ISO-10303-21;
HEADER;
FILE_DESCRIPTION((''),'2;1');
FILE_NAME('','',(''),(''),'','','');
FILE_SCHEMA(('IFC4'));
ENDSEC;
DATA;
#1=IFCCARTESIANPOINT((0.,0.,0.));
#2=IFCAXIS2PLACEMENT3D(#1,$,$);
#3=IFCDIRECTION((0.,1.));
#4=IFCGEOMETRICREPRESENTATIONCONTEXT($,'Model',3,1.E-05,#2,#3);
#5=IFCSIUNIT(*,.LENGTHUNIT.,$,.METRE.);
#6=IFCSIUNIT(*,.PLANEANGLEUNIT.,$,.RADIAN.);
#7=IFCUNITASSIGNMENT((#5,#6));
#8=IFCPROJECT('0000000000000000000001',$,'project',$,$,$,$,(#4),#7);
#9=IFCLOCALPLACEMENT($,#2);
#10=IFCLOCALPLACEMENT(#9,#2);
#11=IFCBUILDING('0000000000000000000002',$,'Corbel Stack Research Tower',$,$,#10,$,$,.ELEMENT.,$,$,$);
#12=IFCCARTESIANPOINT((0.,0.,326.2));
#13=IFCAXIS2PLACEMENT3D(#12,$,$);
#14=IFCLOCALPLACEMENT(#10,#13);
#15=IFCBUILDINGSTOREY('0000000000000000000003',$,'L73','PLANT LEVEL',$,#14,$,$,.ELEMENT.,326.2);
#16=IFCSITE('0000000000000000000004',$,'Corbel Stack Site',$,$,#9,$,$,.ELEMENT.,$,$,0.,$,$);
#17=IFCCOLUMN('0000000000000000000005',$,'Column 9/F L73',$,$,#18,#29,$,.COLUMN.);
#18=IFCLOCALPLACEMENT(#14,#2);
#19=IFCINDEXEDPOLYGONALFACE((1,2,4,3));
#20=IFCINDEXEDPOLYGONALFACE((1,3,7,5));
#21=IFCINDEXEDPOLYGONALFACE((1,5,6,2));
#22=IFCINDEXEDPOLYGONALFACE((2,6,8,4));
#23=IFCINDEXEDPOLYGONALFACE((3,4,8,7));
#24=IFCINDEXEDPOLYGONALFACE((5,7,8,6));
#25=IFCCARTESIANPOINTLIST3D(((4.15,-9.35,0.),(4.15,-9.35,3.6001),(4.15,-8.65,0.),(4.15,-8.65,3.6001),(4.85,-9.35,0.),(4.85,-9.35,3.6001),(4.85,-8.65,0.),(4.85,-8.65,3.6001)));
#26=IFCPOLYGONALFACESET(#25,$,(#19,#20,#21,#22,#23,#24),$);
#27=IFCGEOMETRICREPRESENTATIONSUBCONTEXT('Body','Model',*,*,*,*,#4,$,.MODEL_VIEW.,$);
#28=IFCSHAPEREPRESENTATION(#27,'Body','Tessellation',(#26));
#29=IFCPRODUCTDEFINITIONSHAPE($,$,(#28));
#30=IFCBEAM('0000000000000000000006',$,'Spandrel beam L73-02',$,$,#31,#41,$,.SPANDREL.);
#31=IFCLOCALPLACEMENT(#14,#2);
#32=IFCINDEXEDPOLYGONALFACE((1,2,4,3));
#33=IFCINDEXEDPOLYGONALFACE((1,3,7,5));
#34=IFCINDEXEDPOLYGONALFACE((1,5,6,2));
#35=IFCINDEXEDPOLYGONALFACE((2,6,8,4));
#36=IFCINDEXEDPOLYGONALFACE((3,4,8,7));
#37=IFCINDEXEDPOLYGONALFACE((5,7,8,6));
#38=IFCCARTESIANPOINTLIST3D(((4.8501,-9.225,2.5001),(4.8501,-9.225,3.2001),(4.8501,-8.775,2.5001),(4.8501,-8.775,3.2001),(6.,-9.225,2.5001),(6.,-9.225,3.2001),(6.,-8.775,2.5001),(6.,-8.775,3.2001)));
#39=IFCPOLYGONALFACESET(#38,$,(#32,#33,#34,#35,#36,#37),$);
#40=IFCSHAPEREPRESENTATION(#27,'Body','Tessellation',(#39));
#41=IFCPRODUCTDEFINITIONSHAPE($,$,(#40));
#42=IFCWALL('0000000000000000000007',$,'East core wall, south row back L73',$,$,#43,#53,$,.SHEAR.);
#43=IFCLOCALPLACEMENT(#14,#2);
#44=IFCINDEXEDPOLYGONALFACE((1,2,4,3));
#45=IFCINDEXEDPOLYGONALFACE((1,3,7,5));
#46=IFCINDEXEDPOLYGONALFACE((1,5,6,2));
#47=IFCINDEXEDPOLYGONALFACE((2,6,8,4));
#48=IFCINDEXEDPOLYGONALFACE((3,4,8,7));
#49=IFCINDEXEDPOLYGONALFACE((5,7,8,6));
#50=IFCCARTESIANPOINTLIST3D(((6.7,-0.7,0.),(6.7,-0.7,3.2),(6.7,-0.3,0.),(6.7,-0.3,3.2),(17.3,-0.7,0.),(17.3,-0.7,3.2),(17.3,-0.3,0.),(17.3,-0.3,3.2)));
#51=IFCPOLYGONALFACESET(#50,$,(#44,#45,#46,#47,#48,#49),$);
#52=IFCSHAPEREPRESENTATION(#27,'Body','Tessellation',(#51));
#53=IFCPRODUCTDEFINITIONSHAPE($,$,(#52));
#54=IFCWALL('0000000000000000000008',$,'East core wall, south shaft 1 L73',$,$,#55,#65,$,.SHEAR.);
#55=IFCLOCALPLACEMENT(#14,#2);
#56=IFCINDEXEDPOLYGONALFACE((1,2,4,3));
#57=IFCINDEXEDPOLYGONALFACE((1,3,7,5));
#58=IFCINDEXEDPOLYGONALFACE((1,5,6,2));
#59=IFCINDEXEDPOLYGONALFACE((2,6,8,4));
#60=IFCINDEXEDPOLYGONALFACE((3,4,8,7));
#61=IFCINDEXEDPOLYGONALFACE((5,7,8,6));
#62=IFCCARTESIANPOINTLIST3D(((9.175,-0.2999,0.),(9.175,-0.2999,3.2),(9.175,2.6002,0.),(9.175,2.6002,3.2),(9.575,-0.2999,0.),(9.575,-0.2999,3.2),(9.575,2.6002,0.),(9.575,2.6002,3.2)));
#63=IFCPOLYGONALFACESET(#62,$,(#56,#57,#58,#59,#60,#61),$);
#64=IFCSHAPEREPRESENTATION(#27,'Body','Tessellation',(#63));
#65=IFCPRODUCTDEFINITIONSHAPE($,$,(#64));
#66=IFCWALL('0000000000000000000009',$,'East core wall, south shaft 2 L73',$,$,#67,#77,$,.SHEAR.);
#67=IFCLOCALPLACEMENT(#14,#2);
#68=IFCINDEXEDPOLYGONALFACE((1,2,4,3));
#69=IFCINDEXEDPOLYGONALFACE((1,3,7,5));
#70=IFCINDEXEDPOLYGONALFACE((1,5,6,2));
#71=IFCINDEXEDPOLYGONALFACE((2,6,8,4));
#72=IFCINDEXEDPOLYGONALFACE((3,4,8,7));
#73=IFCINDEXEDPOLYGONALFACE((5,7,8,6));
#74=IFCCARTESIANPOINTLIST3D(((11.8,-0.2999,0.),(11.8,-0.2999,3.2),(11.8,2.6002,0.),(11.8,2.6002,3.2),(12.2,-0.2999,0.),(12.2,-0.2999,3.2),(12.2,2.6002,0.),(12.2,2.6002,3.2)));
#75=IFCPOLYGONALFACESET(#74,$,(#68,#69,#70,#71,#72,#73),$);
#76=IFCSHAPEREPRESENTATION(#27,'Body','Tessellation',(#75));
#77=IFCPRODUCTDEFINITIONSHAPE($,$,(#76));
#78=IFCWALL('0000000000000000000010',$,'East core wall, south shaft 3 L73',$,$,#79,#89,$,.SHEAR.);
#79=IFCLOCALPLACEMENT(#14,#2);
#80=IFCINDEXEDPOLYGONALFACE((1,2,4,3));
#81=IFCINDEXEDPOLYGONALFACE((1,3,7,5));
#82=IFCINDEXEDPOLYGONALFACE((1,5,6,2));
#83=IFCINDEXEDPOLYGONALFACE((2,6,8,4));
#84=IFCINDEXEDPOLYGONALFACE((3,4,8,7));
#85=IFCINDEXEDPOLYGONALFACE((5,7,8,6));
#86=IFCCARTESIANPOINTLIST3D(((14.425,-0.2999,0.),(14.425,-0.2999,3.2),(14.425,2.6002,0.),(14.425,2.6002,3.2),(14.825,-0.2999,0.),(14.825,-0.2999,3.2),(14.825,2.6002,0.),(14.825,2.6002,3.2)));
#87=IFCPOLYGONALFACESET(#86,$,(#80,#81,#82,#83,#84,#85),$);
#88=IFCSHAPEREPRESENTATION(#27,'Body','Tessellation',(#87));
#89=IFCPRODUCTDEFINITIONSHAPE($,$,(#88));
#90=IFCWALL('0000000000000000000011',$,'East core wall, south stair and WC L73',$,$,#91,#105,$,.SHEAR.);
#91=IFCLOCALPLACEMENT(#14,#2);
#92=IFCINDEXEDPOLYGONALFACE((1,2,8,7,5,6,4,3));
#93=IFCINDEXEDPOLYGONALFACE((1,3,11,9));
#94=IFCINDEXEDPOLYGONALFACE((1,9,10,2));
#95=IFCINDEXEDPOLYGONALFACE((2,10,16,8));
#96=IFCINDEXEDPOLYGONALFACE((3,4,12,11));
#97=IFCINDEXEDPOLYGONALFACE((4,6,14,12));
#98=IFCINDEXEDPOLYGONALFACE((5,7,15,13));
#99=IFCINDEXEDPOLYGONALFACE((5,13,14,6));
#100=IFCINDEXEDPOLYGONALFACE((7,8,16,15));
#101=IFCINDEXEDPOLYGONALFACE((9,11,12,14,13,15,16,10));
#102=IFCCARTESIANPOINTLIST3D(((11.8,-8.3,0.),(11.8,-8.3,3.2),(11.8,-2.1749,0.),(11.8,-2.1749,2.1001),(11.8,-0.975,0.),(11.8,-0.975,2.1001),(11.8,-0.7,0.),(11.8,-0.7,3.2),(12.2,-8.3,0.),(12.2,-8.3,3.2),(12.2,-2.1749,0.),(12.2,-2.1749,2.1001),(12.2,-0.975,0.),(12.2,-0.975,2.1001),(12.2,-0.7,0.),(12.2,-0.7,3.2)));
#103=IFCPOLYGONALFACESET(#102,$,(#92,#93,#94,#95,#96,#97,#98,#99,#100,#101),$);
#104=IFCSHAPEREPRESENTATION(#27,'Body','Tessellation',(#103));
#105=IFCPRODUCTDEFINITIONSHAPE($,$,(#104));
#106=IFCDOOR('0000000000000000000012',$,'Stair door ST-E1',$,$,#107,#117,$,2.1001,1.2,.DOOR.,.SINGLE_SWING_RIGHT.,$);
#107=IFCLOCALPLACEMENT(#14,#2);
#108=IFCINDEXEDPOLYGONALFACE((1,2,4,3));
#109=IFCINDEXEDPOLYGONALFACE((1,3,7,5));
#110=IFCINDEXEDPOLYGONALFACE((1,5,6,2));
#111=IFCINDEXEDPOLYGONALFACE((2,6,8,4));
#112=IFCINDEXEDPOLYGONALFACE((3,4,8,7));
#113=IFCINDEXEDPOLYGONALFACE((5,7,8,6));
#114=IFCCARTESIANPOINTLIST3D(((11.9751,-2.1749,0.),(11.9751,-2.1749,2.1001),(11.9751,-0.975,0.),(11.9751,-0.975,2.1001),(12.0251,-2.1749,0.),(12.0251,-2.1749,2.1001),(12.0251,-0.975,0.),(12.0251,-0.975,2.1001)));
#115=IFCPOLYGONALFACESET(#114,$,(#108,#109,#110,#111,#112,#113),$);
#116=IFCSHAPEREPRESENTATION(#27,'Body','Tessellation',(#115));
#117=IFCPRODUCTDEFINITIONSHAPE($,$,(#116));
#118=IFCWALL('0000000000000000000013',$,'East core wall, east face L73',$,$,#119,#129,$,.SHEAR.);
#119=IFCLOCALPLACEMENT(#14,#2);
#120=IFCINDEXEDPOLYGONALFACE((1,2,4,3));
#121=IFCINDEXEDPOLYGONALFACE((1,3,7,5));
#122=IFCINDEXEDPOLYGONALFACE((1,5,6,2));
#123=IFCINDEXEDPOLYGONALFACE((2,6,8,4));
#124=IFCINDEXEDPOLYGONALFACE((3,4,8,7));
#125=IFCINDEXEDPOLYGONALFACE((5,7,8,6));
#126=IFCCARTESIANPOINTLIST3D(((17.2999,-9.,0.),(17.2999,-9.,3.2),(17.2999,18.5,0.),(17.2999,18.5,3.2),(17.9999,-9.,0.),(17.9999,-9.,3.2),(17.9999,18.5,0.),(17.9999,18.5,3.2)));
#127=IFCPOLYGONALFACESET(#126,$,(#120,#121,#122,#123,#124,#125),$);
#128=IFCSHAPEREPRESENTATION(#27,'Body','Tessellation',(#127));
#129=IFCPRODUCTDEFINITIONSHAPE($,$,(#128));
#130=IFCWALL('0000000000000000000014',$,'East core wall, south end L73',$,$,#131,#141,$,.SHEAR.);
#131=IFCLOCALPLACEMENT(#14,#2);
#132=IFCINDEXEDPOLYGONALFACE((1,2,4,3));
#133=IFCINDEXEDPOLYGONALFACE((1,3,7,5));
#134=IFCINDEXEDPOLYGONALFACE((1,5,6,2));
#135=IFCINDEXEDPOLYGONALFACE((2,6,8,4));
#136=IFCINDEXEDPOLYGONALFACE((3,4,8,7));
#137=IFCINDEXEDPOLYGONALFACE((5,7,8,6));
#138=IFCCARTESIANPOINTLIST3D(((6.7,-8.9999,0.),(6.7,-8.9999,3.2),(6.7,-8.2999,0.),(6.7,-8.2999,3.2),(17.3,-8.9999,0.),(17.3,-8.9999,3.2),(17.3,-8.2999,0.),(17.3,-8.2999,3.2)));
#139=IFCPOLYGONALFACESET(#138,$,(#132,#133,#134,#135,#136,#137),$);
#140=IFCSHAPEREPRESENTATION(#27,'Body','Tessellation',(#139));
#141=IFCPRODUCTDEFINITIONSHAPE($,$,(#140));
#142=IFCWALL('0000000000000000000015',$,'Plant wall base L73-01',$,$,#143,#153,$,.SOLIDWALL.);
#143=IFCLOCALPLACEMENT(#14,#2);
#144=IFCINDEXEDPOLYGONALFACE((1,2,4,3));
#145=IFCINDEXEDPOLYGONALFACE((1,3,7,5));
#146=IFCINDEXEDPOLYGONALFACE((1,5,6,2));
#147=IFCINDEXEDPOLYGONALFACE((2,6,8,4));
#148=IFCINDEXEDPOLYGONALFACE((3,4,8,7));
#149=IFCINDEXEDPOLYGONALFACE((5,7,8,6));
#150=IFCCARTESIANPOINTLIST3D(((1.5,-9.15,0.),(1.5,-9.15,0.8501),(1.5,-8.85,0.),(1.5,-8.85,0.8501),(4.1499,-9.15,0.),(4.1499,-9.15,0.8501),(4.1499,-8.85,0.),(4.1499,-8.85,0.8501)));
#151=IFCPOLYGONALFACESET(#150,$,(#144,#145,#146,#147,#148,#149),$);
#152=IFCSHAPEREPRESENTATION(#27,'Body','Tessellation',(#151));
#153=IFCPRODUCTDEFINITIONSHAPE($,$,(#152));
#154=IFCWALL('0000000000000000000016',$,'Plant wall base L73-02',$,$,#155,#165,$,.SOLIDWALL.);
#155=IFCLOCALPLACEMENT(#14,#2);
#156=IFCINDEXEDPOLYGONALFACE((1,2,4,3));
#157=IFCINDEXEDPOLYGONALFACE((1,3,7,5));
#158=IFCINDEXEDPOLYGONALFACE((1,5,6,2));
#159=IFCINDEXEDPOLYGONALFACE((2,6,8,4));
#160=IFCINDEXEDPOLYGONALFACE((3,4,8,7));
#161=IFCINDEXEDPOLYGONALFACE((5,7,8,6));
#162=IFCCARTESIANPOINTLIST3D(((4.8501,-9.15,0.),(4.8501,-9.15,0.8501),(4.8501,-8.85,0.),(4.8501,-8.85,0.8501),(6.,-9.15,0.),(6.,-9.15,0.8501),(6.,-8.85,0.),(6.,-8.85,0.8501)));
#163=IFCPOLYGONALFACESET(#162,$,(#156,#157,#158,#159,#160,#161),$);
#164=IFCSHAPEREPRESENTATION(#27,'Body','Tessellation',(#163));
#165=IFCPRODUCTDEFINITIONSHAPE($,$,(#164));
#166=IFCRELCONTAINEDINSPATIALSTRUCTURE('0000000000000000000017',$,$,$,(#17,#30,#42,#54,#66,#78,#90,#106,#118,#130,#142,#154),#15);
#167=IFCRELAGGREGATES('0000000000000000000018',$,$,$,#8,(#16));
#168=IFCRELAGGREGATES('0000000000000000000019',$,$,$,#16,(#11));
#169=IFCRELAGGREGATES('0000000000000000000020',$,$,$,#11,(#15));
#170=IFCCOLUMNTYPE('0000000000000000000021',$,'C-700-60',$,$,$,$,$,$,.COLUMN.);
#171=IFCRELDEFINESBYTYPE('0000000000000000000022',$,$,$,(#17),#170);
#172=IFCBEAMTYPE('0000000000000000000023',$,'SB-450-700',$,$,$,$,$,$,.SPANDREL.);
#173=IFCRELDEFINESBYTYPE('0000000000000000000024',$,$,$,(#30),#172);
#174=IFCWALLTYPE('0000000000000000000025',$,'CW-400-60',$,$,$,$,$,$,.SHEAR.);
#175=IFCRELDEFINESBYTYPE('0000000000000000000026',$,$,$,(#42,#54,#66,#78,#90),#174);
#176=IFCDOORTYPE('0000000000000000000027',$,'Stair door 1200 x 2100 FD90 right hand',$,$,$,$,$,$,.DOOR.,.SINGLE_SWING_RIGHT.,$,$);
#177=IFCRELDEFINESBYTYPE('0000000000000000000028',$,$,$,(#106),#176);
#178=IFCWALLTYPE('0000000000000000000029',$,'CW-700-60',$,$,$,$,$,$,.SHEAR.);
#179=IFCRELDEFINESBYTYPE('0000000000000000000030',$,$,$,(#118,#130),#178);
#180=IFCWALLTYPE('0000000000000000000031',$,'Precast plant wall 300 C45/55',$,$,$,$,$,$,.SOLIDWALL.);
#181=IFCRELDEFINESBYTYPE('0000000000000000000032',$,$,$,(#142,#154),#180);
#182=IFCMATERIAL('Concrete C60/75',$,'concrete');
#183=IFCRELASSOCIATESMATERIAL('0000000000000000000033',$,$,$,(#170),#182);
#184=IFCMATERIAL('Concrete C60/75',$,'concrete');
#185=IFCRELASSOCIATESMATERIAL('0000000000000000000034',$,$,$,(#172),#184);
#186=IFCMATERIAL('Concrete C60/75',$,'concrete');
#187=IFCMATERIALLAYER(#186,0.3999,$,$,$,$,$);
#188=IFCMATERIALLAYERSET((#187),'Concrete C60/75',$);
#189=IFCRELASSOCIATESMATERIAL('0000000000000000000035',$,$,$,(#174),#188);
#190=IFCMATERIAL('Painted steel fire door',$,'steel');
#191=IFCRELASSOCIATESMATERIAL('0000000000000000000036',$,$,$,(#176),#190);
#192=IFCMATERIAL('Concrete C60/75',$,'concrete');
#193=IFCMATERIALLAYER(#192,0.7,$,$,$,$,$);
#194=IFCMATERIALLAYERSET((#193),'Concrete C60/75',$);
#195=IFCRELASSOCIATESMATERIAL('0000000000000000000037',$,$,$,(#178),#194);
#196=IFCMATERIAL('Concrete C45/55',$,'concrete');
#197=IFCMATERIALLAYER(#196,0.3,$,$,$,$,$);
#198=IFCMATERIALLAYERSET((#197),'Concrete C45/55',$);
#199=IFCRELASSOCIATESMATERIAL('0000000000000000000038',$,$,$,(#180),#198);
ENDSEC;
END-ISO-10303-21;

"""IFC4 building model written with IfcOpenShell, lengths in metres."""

from ifc_helpers import new_model, si_unit, direction, frame, frame_2d, origin, origin_2d, place, context, subcontext, project, spatial, rectangle, extrude, material, layer, layer_set, material_profile, profile_set, type_object, element, fill, save


model = new_model("IFC4")

# Units and contexts
model_context = context("Model", 3, precision=1e-05, world=origin(), true_north=direction((0.0, 1.0)))
body_context = subcontext(model_context, "Body", "Model", "MODEL_VIEW")
ifc_project = project(units=[si_unit("LENGTHUNIT", "METRE"), si_unit("PLANEANGLEUNIT", "RADIAN")], contexts=[model_context])

# Site, building, storey
site_placement = place(None, origin())
site = spatial("IfcSite", under=ifc_project, at=site_placement, Name="Corbel Stack Site", CompositionType="ELEMENT", RefElevation=0.0)
building_placement = place(site_placement, origin())
building = spatial("IfcBuilding", under=site, at=building_placement, Name="Corbel Stack Research Tower", CompositionType="ELEMENT")
storey_placement = place(building_placement, frame((0.0, 0.0, 326.2)))
storey = spatial("IfcBuildingStorey", under=building, at=storey_placement, Name="L73", Description="PLANT LEVEL", CompositionType="ELEMENT", Elevation=326.2)

# Column
ifc_material_1 = material(Name="Concrete C60/75", Category="concrete")
ifc_material_profile_1 = material_profile(ifc_material_1, rectangle(XDim=0.7, YDim=0.7, at=origin_2d()), Name="RC 700 x 700")
ifc_profile_set_1 = profile_set([ifc_material_profile_1], Name="Concrete C60/75")
column_type = type_object("IfcColumnType", Name="C-700-60", PredefinedType="COLUMN", material=ifc_profile_set_1)
column_placement = place(storey_placement, frame((4.5, -9.0, 0.0), z_axis=(0.0, 0.0, 1.0), x_axis=(1.0, 0.0, 0.0)))
element("IfcColumn", 1, at=column_placement, inside=storey, type_object=column_type, Name="Column 9/F L73", PredefinedType="COLUMN", context=body_context, shape_type="SweptSolid", body=[
    extrude(rectangle(XDim=0.7, YDim=0.7, at=origin_2d()), origin(), (0.0, 0.0, 1.0), 3.6001),
])

# Beam
ifc_material_2 = material(Name="Concrete C60/75", Category="concrete")
ifc_material_profile_2 = material_profile(ifc_material_2, rectangle(XDim=0.45, YDim=0.7, at=origin_2d()), Name="RC 450 x 700")
ifc_profile_set_2 = profile_set([ifc_material_profile_2], Name="Concrete C60/75")
beam_type = type_object("IfcBeamType", Name="SB-450-700", PredefinedType="SPANDREL", material=ifc_profile_set_2)
beam_placement = place(storey_placement, frame((4.8501, -9.0, 2.8501), z_axis=(1.0, 0.0, 0.0), x_axis=(0.0, 1.0, 0.0)))
element("IfcBeam", 2, at=beam_placement, inside=storey, type_object=beam_type, Name="Spandrel beam L73-02", PredefinedType="SPANDREL", context=body_context, shape_type="SweptSolid", body=[
    extrude(rectangle(XDim=0.45, YDim=0.7, at=origin_2d()), origin(), (0.0, 0.0, 1.0), 1.1499),
])

# Walls
ifc_material_3 = material(Name="Concrete C60/75", Category="concrete")
ifc_layer_1 = layer(ifc_material_3, 0.3999)
ifc_layer_set_1 = layer_set([ifc_layer_1], Name="Concrete C60/75")
wall_type_1 = type_object("IfcWallType", Name="CW-400-60", PredefinedType="SHEAR", material=ifc_layer_set_1)
wall_1_placement = place(storey_placement, frame((6.7, -0.5, 0.0), z_axis=(0.0, 0.0, 1.0), x_axis=(1.0, 0.0, 0.0)))
element("IfcWall", 3, at=wall_1_placement, inside=storey, type_object=wall_type_1, Name="East core wall, south row back L73", PredefinedType="SHEAR", context=body_context, shape_type="SweptSolid", body=[
    extrude(rectangle(XDim=10.6001, YDim=0.3999, at=frame_2d((5.3, 0.0))), origin(), (0.0, 0.0, 1.0), 3.2),
])
for number, where, z_axis, x_axis, name in (
    (4, (9.375, -0.3, 0.0), (0.0, 0.0, 1.0), (0.0, 1.0, 0.0), "East core wall, south shaft 1 L73"),
    (5, (12.0, -0.3, 0.0), (0.0, 0.0, 1.0), (0.0, 1.0, 0.0), "East core wall, south shaft 2 L73"),
    (6, (14.625, -0.3, 0.0), (0.0, 0.0, 1.0), (0.0, 1.0, 0.0), "East core wall, south shaft 3 L73"),
):
    element("IfcWall", number, at=place(storey_placement, frame(where, z_axis=z_axis, x_axis=x_axis)), inside=storey, type_object=wall_type_1, Name=name, PredefinedType="SHEAR", context=body_context, shape_type="SweptSolid", body=[
        extrude(rectangle(XDim=2.9001, YDim=0.3999, at=frame_2d((1.4502, 0.0))), origin(), (0.0, 0.0, 1.0), 3.2),
    ])

# Wall, opening, door
wall_2_placement = place(storey_placement, frame((12.0, -8.3, 0.0), z_axis=(0.0, 0.0, 1.0), x_axis=(0.0, 1.0, 0.0)))
wall_2 = element("IfcWall", 7, at=wall_2_placement, inside=storey, type_object=wall_type_1, Name="East core wall, south stair and WC L73", PredefinedType="SHEAR", context=body_context, shape_type="SweptSolid", body=[
    extrude(rectangle(XDim=7.6001, YDim=0.3999, at=frame_2d((3.8, 0.0))), origin(), (0.0, 0.0, 1.0), 3.2),
])
opening_1_placement = place(wall_2_placement, frame((6.125, 0.0, 0.0)))
opening_1 = element("IfcOpeningElement", 8, at=opening_1_placement, cuts=wall_2, PredefinedType="OPENING", context=body_context, shape_type="SweptSolid", body=[
    extrude(rectangle(XDim=1.2, YDim=2.1001, at=frame_2d((0.6001, 1.05))), frame((0.0, 0.21, 0.0), z_axis=(0.0, -1.0, 0.0), x_axis=(1.0, 0.0, 0.0)), (0.0, 0.0, 1.0), 0.4199),
])
ifc_material_4 = material(Name="Painted steel fire door", Category="steel")
door_type_1 = type_object("IfcDoorType", Name="Stair door 1200 x 2100 FD90 right hand", OperationType="SINGLE_SWING_RIGHT", PredefinedType="DOOR", material=ifc_material_4)
door_1_placement = place(opening_1_placement, origin())
door_1 = element("IfcDoor", 9, at=door_1_placement, inside=storey, type_object=door_type_1, Name="Stair door ST-E1", OperationType="SINGLE_SWING_RIGHT", OverallHeight=2.1001, OverallWidth=1.2, PredefinedType="DOOR", context=body_context, shape_type="SweptSolid", body=[
    extrude(rectangle(XDim=1.2, YDim=2.1001, at=frame_2d((0.6001, 1.05))), frame((0.0, 0.0249, 0.0), z_axis=(0.0, -1.0, 0.0), x_axis=(1.0, 0.0, 0.0)), (0.0, 0.0, 1.0), 0.05),
])
fill(opening_1, door_1)

# Shared definitions
ifc_material_5 = material(Name="Concrete C60/75", Category="concrete")
ifc_layer_2 = layer(ifc_material_5, 0.7)
ifc_layer_set_2 = layer_set([ifc_layer_2], Name="Concrete C60/75")
wall_type_2 = type_object("IfcWallType", Name="CW-700-60", PredefinedType="SHEAR", material=ifc_layer_set_2)

# Walls
wall_3_placement = place(storey_placement, frame((17.6499, -9.0, 0.0), z_axis=(0.0, 0.0, 1.0), x_axis=(0.0, 1.0, 0.0)))
element("IfcWall", 10, at=wall_3_placement, inside=storey, type_object=wall_type_2, Name="East core wall, east face L73", PredefinedType="SHEAR", context=body_context, shape_type="SweptSolid", body=[
    extrude(rectangle(XDim=27.5, YDim=0.7, at=frame_2d((13.75, 0.0))), origin(), (0.0, 0.0, 1.0), 3.2),
])
wall_4_placement = place(storey_placement, frame((6.7, -8.6499, 0.0), z_axis=(0.0, 0.0, 1.0), x_axis=(1.0, 0.0, 0.0)))
element("IfcWall", 11, at=wall_4_placement, inside=storey, type_object=wall_type_2, Name="East core wall, south end L73", PredefinedType="SHEAR", context=body_context, shape_type="SweptSolid", body=[
    extrude(rectangle(XDim=10.6001, YDim=0.7, at=frame_2d((5.3, 0.0))), origin(), (0.0, 0.0, 1.0), 3.2),
])
ifc_material_6 = material(Name="Concrete C45/55", Category="concrete")
ifc_layer_3 = layer(ifc_material_6, 0.3)
ifc_layer_set_3 = layer_set([ifc_layer_3], Name="Concrete C45/55")
wall_type_3 = type_object("IfcWallType", Name="Precast plant wall 300 C45/55", PredefinedType="SOLIDWALL", material=ifc_layer_set_3)
wall_5_placement = place(storey_placement, frame((1.5, -9.0, 0.0), z_axis=(0.0, 0.0, 1.0), x_axis=(1.0, 0.0, 0.0)))
element("IfcWall", 12, at=wall_5_placement, inside=storey, type_object=wall_type_3, Name="Plant wall base L73-01", PredefinedType="SOLIDWALL", context=body_context, shape_type="SweptSolid", body=[
    extrude(rectangle(XDim=2.6499, YDim=0.3, at=frame_2d((1.325, 0.0))), origin(), (0.0, 0.0, 1.0), 0.8501),
])
wall_6_placement = place(storey_placement, frame((4.8501, -9.0, 0.0), z_axis=(0.0, 0.0, 1.0), x_axis=(1.0, 0.0, 0.0)))
element("IfcWall", 13, at=wall_6_placement, inside=storey, type_object=wall_type_3, Name="Plant wall base L73-02", PredefinedType="SOLIDWALL", context=body_context, shape_type="SweptSolid", body=[
    extrude(rectangle(XDim=1.1499, YDim=0.3, at=frame_2d((0.575, 0.0))), origin(), (0.0, 0.0, 1.0), 0.8501),
])

save(model, "model.ifc")
